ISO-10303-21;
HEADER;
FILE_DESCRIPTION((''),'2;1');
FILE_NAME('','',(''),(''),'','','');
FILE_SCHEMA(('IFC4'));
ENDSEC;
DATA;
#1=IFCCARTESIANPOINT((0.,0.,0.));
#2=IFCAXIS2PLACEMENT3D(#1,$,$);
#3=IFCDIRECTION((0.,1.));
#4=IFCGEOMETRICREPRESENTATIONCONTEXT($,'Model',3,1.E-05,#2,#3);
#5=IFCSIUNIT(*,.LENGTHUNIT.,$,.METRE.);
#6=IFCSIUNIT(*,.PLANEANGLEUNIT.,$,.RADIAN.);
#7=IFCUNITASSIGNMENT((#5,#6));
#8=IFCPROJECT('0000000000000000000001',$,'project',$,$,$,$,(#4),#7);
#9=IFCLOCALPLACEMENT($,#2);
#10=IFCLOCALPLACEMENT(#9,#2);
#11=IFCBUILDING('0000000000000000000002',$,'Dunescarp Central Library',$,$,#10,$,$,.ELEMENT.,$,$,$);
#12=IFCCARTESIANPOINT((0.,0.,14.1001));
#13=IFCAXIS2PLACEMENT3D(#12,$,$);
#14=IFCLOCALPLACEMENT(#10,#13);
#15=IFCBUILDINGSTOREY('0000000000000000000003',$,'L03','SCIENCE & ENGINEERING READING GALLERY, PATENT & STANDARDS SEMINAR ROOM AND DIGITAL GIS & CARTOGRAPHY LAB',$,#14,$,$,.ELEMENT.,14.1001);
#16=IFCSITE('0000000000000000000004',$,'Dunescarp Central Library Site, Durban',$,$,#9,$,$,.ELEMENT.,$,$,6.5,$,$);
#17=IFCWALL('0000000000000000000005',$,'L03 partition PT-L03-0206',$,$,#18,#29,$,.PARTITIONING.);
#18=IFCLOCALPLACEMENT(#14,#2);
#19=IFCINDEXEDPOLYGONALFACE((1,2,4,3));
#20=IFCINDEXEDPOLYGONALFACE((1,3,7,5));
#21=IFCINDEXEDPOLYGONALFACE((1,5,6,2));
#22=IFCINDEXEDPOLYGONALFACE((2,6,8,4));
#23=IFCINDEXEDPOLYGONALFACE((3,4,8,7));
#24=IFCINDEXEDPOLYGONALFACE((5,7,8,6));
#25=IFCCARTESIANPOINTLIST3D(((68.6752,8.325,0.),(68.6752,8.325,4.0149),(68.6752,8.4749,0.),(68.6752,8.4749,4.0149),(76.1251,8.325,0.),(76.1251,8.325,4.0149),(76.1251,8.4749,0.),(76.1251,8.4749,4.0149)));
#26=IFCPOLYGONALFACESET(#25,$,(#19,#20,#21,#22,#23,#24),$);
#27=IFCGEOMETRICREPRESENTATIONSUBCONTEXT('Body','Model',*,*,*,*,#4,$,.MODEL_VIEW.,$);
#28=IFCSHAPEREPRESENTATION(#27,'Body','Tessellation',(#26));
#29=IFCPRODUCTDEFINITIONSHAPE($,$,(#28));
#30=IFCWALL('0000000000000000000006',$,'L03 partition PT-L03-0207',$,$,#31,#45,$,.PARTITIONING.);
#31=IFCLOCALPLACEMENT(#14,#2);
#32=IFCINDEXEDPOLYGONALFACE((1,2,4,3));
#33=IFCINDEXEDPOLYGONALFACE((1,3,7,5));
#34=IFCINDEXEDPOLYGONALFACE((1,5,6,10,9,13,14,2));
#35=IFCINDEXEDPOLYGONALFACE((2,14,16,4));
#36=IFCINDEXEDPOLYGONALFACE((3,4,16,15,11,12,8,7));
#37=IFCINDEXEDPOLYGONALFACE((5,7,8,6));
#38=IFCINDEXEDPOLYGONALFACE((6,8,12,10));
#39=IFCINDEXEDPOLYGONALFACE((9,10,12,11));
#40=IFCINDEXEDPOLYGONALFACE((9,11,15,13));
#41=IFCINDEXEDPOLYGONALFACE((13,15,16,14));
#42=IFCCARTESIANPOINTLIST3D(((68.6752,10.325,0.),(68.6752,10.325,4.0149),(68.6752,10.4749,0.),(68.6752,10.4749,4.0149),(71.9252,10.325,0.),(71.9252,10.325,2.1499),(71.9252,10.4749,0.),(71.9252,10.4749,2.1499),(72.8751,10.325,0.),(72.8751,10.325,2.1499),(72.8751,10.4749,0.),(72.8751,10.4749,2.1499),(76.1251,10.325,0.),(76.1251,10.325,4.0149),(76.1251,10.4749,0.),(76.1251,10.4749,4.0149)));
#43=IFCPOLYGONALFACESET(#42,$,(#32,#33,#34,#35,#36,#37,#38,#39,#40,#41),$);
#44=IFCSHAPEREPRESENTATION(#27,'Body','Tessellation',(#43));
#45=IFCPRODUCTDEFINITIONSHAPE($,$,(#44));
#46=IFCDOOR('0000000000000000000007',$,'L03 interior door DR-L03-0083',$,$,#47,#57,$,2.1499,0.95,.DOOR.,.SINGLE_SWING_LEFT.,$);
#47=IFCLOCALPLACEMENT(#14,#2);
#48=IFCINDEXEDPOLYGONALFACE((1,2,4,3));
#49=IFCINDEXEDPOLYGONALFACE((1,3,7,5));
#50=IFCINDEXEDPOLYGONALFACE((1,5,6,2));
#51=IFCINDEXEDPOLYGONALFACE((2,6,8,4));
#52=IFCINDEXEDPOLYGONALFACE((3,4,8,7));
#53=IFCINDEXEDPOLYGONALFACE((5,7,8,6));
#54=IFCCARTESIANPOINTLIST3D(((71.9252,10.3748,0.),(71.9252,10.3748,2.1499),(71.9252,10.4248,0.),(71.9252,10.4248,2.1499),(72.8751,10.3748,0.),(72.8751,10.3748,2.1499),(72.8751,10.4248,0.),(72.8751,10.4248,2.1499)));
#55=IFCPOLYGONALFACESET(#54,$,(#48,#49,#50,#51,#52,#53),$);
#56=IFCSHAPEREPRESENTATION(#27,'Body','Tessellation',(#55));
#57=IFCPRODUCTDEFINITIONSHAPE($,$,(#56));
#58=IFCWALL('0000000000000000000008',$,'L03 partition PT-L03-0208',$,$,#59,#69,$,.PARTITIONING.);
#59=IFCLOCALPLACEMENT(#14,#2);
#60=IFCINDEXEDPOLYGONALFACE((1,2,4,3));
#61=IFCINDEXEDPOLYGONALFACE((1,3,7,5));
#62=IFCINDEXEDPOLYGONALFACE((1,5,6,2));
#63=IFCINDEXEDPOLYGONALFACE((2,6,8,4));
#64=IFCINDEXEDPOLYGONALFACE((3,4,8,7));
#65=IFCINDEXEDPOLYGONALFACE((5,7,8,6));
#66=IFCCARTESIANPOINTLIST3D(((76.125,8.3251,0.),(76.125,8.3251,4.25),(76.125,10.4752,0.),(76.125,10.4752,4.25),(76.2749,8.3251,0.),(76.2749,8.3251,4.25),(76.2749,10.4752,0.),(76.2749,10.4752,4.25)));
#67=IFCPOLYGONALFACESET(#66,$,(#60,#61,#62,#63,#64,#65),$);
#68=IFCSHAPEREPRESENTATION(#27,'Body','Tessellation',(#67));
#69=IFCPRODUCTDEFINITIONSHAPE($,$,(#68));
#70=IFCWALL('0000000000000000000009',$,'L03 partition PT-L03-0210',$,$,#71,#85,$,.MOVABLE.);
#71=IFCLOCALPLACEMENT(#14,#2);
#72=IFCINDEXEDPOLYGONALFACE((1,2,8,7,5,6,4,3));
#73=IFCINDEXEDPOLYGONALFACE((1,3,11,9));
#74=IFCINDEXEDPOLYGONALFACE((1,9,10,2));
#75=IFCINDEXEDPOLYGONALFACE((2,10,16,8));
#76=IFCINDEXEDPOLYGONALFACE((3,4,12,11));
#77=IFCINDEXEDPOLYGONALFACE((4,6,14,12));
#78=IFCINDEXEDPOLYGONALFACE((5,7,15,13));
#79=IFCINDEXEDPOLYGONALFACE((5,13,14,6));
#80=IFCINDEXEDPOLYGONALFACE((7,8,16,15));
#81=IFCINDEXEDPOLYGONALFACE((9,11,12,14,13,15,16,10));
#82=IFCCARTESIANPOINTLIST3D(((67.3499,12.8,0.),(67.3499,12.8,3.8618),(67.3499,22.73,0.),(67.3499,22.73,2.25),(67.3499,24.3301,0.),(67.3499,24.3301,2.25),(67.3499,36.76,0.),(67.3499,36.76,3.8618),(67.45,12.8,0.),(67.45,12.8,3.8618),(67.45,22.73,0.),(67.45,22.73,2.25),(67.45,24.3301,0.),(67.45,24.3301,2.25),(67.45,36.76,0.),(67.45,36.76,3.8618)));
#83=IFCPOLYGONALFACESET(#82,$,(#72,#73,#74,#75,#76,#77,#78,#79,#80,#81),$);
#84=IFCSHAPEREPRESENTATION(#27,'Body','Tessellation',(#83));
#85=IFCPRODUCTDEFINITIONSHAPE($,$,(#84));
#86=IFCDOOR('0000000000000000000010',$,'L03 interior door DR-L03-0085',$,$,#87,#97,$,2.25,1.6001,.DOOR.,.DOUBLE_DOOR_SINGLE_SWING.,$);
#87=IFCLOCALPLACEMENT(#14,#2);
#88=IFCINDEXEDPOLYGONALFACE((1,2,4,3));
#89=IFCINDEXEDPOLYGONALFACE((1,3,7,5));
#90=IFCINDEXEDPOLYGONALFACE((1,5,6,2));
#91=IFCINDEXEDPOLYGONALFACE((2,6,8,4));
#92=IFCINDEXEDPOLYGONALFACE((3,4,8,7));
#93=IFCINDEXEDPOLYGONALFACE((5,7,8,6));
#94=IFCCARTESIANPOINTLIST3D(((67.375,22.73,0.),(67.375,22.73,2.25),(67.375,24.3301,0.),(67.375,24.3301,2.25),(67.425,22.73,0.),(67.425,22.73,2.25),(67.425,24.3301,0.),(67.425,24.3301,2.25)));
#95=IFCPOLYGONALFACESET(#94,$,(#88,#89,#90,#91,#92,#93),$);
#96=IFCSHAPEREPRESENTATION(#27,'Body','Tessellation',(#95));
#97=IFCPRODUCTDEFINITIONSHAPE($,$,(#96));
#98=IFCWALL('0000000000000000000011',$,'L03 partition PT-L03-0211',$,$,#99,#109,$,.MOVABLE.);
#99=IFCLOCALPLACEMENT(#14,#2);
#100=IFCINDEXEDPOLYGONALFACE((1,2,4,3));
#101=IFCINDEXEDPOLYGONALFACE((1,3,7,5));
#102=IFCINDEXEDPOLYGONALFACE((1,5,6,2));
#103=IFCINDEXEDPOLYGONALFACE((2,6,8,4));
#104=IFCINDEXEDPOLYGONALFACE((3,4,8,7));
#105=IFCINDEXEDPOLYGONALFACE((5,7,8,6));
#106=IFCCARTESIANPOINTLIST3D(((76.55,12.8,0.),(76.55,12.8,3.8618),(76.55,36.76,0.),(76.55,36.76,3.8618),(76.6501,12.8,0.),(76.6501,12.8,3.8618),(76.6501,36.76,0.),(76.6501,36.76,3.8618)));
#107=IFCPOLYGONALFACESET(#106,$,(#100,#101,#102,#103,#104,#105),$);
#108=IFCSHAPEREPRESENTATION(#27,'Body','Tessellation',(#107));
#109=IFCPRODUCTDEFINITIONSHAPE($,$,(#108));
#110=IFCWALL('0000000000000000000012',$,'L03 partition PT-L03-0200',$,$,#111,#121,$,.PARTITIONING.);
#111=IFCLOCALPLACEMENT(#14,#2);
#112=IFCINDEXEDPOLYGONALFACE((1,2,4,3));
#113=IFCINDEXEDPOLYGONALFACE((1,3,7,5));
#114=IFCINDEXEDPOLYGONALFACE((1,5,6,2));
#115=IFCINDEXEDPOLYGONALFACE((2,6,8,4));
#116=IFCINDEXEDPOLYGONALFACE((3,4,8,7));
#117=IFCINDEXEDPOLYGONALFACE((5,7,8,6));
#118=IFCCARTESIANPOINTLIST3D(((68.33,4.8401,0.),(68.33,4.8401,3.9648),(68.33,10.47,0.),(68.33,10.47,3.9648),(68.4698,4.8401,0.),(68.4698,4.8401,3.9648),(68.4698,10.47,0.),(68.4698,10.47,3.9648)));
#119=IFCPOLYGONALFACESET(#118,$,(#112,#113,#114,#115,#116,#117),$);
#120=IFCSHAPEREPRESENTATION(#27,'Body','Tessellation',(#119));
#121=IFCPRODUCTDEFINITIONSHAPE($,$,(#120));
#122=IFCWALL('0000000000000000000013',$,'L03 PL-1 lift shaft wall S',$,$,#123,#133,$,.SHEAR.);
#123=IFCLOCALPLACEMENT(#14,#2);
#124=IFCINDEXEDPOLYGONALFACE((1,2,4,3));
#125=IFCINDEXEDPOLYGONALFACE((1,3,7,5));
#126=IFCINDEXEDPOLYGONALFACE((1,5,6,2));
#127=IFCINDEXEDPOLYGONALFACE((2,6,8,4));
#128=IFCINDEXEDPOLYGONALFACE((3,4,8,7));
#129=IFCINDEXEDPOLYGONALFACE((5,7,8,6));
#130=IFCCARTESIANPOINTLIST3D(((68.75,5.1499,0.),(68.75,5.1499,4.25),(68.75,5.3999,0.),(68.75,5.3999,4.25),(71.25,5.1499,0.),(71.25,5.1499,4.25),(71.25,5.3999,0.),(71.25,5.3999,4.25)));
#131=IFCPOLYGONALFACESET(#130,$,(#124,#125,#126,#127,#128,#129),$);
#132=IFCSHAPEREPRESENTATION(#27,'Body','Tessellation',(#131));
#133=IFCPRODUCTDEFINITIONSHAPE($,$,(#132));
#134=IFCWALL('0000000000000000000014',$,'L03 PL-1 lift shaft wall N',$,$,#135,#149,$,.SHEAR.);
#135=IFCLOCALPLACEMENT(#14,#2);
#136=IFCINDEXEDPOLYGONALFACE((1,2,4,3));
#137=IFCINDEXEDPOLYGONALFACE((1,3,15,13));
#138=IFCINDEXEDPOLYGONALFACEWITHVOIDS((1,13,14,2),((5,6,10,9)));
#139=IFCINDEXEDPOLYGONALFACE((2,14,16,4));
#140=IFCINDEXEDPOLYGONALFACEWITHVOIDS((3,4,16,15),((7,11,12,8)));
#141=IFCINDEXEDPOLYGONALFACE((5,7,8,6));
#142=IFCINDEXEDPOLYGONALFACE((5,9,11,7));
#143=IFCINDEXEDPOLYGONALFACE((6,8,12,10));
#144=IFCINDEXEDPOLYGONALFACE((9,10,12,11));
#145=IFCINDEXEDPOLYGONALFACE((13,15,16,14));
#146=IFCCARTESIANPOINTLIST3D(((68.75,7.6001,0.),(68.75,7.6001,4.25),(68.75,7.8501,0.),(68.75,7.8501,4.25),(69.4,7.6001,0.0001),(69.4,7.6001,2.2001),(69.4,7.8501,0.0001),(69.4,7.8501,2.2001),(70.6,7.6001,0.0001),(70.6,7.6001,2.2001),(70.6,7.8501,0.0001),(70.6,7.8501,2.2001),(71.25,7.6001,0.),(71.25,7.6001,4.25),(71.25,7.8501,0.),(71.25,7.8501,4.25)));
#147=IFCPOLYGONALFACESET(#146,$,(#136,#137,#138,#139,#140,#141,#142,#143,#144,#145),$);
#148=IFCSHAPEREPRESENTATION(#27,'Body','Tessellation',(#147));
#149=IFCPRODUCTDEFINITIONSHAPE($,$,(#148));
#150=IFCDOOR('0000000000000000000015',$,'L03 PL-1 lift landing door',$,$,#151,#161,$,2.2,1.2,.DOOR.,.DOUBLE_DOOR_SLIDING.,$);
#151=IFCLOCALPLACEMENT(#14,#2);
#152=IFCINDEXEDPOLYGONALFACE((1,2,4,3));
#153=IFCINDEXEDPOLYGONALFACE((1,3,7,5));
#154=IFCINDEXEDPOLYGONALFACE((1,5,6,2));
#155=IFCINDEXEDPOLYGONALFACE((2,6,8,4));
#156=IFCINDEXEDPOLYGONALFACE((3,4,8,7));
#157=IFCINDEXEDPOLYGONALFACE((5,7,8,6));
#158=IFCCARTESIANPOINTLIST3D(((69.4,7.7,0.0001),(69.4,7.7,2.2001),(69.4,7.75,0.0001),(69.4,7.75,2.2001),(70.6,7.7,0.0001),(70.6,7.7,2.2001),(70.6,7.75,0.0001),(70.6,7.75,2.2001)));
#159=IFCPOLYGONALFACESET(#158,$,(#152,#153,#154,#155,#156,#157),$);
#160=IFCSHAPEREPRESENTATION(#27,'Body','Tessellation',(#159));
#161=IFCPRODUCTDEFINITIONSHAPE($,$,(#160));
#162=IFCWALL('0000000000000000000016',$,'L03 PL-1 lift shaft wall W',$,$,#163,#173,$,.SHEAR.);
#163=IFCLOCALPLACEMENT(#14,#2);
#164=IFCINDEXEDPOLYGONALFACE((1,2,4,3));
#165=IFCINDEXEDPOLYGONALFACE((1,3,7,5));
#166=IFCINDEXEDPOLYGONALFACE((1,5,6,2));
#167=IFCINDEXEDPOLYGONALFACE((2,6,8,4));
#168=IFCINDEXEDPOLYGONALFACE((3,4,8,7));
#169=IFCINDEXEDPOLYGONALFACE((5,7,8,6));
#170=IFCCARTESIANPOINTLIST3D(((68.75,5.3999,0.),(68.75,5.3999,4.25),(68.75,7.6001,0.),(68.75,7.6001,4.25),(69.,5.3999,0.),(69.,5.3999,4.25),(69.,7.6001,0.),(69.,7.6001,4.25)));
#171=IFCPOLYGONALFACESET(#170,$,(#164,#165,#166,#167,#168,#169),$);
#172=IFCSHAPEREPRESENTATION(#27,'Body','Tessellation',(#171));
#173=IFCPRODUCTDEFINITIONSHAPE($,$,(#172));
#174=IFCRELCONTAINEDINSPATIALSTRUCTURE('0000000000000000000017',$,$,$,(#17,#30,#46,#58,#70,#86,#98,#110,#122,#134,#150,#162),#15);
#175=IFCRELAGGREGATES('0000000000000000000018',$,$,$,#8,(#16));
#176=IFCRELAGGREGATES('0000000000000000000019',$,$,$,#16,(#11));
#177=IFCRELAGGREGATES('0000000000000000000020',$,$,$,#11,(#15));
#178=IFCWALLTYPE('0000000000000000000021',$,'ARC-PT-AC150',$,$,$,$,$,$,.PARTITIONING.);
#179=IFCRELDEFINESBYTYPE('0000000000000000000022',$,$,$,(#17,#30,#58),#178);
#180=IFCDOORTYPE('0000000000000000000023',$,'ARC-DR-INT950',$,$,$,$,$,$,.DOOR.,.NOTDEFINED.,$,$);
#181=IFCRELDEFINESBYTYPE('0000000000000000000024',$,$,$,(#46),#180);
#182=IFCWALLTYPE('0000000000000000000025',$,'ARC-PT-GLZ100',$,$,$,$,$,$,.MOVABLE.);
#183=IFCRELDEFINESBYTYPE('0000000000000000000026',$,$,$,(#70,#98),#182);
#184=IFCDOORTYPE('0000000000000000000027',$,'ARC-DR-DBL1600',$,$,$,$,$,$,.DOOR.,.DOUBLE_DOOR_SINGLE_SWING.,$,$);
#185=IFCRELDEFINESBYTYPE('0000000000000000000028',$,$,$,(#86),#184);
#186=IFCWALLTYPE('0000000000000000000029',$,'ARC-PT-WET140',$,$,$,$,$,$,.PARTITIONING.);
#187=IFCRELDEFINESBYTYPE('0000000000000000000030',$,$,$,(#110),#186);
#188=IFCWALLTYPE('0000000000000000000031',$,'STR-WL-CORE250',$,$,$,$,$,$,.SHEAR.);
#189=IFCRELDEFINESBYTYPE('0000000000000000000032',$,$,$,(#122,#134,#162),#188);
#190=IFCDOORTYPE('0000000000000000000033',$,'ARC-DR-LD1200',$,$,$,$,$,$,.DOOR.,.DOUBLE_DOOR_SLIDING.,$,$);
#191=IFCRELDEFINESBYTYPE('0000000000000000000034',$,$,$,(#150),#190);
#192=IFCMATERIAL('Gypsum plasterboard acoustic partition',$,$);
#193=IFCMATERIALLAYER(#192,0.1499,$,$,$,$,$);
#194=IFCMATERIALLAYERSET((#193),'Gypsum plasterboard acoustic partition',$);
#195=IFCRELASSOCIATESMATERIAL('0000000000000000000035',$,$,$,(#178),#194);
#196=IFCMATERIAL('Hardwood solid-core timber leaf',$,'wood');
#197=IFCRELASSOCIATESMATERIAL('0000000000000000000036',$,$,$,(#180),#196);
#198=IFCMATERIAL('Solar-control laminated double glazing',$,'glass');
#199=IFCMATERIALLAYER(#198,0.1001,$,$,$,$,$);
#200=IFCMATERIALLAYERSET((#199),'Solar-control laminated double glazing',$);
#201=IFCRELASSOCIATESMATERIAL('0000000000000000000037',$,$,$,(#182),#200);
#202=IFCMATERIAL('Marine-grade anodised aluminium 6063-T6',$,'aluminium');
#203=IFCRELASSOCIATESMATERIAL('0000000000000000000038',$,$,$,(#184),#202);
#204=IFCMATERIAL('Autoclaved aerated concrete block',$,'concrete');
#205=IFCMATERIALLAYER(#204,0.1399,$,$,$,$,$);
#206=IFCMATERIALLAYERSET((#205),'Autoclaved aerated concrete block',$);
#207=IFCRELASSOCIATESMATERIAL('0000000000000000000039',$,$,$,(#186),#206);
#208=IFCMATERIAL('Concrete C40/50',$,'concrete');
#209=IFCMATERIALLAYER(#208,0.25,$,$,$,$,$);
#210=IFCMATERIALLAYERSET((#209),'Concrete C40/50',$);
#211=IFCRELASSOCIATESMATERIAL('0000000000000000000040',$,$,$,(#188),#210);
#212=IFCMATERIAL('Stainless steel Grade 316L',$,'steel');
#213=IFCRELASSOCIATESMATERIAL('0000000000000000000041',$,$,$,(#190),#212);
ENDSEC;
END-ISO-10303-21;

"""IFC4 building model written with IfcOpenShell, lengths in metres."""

from ifc_helpers import new_model, si_unit, direction, frame, frame_2d, origin, place, context, subcontext, project, spatial, rectangle, extrude, material, layer, layer_set, type_object, element, fill, save


model = new_model("IFC4")

# Units and contexts
model_context = context("Model", 3, precision=1e-05, world=origin(), true_north=direction((0.0, 1.0)))
body_context = subcontext(model_context, "Body", "Model", "MODEL_VIEW")
ifc_project = project(units=[si_unit("LENGTHUNIT", "METRE"), si_unit("PLANEANGLEUNIT", "RADIAN")], contexts=[model_context])

# Site, building, storey
site_placement = place(None, origin())
site = spatial("IfcSite", under=ifc_project, at=site_placement, Name="Dunescarp Central Library Site, Durban", CompositionType="ELEMENT", RefElevation=6.5)
building_placement = place(site_placement, origin())
building = spatial("IfcBuilding", under=site, at=building_placement, Name="Dunescarp Central Library", CompositionType="ELEMENT")
storey_placement = place(building_placement, frame((0.0, 0.0, 14.1001)))
storey = spatial("IfcBuildingStorey", under=building, at=storey_placement, Name="L03", Description="SCIENCE & ENGINEERING READING GALLERY, PATENT & STANDARDS SEMINAR ROOM AND DIGITAL GIS & CARTOGRAPHY LAB", CompositionType="ELEMENT", Elevation=14.1001)

# Wall
ifc_material_1 = material(Name="Gypsum plasterboard acoustic partition")
ifc_layer_1 = layer(ifc_material_1, 0.1499)
ifc_layer_set_1 = layer_set([ifc_layer_1], Name="Gypsum plasterboard acoustic partition")
wall_type_1 = type_object("IfcWallType", Name="ARC-PT-AC150", PredefinedType="PARTITIONING", material=ifc_layer_set_1)
wall_1_placement = place(storey_placement, frame((68.675, 8.3999, 0.0), z_axis=(0.0, 0.0, 1.0), x_axis=(1.0, 0.0, 0.0)))
element("IfcWall", 1, at=wall_1_placement, inside=storey, type_object=wall_type_1, Name="L03 partition PT-L03-0206", PredefinedType="PARTITIONING", context=body_context, shape_type="SweptSolid", body=[
    extrude(rectangle(XDim=7.45, YDim=0.1499, at=frame_2d((3.7251, 0.0))), origin(), (0.0, 0.0, 1.0), 4.0149),
])

# Wall, opening, door
wall_2_placement = place(storey_placement, frame((68.675, 10.3999, 0.0), z_axis=(0.0, 0.0, 1.0), x_axis=(1.0, 0.0, 0.0)))
wall_2 = element("IfcWall", 2, at=wall_2_placement, inside=storey, type_object=wall_type_1, Name="L03 partition PT-L03-0207", PredefinedType="PARTITIONING", context=body_context, shape_type="SweptSolid", body=[
    extrude(rectangle(XDim=7.45, YDim=0.1499, at=frame_2d((3.7251, 0.0))), origin(), (0.0, 0.0, 1.0), 4.0149),
])
opening_1_placement = place(wall_2_placement, frame((3.25, 0.0, 0.0)))
opening_1 = element("IfcOpeningElement", 3, at=opening_1_placement, cuts=wall_2, PredefinedType="OPENING", context=body_context, shape_type="SweptSolid", body=[
    extrude(rectangle(XDim=0.95, YDim=2.1499, at=frame_2d((0.4751, 1.075))), frame((0.0, 0.085, 0.0), z_axis=(0.0, -1.0, 0.0), x_axis=(1.0, 0.0, 0.0)), (0.0, 0.0, 1.0), 0.1699),
])
ifc_material_2 = material(Name="Hardwood solid-core timber leaf", Category="wood")
door_type_1 = type_object("IfcDoorType", Name="ARC-DR-INT950", OperationType="NOTDEFINED", PredefinedType="DOOR", material=ifc_material_2)
door_1_placement = place(opening_1_placement, origin())
door_1 = element("IfcDoor", 4, at=door_1_placement, inside=storey, type_object=door_type_1, Name="L03 interior door DR-L03-0083", OperationType="SINGLE_SWING_LEFT", OverallHeight=2.1499, OverallWidth=0.95, PredefinedType="DOOR", context=body_context, shape_type="SweptSolid", body=[
    extrude(rectangle(XDim=0.95, YDim=2.1499, at=frame_2d((0.4751, 1.075))), frame((0.0, 0.0249, 0.0), z_axis=(0.0, -1.0, 0.0), x_axis=(1.0, 0.0, 0.0)), (0.0, 0.0, 1.0), 0.05),
])
fill(opening_1, door_1)

# Wall
wall_3_placement = place(storey_placement, frame((76.2, 8.325, 0.0), z_axis=(0.0, 0.0, 1.0), x_axis=(0.0, 1.0, 0.0)))
element("IfcWall", 5, at=wall_3_placement, inside=storey, type_object=wall_type_1, Name="L03 partition PT-L03-0208", PredefinedType="PARTITIONING", context=body_context, shape_type="SweptSolid", body=[
    extrude(rectangle(XDim=2.1501, YDim=0.1499, at=frame_2d((1.0752, 0.0))), origin(), (0.0, 0.0, 1.0), 4.25),
])

# Wall, opening, door
ifc_material_3 = material(Name="Solar-control laminated double glazing", Category="glass")
ifc_layer_2 = layer(ifc_material_3, 0.1001)
ifc_layer_set_2 = layer_set([ifc_layer_2], Name="Solar-control laminated double glazing")
wall_type_2 = type_object("IfcWallType", Name="ARC-PT-GLZ100", PredefinedType="MOVABLE", material=ifc_layer_set_2)
wall_4_placement = place(storey_placement, frame((67.3999, 12.8, 0.0), z_axis=(0.0, 0.0, 1.0), x_axis=(0.0, 1.0, 0.0)))
wall_4 = element("IfcWall", 6, at=wall_4_placement, inside=storey, type_object=wall_type_2, Name="L03 partition PT-L03-0210", PredefinedType="MOVABLE", context=body_context, shape_type="SweptSolid", body=[
    extrude(rectangle(XDim=23.96, YDim=0.1001, at=frame_2d((11.98, 0.0))), origin(), (0.0, 0.0, 1.0), 3.8618),
])
opening_2_placement = place(wall_4_placement, frame((9.9299, 0.0, 0.0)))
opening_2 = element("IfcOpeningElement", 7, at=opening_2_placement, cuts=wall_4, PredefinedType="OPENING", context=body_context, shape_type="SweptSolid", body=[
    extrude(rectangle(XDim=1.6001, YDim=2.25, at=frame_2d((0.8, 1.125))), frame((0.0, 0.0601, 0.0), z_axis=(0.0, -1.0, 0.0), x_axis=(1.0, 0.0, 0.0)), (0.0, 0.0, 1.0), 0.1201),
])
ifc_material_4 = material(Name="Marine-grade anodised aluminium 6063-T6", Category="aluminium")
door_type_2 = type_object("IfcDoorType", Name="ARC-DR-DBL1600", OperationType="DOUBLE_DOOR_SINGLE_SWING", PredefinedType="DOOR", material=ifc_material_4)
door_2_placement = place(opening_2_placement, origin())
door_2 = element("IfcDoor", 8, at=door_2_placement, inside=storey, type_object=door_type_2, Name="L03 interior door DR-L03-0085", OperationType="DOUBLE_DOOR_SINGLE_SWING", OverallHeight=2.25, OverallWidth=1.6001, PredefinedType="DOOR", context=body_context, shape_type="SweptSolid", body=[
    extrude(rectangle(XDim=1.6001, YDim=2.25, at=frame_2d((0.8, 1.125))), frame((0.0, 0.0249, 0.0), z_axis=(0.0, -1.0, 0.0), x_axis=(1.0, 0.0, 0.0)), (0.0, 0.0, 1.0), 0.05),
])
fill(opening_2, door_2)

# Walls
wall_5_placement = place(storey_placement, frame((76.6001, 12.8, 0.0), z_axis=(0.0, 0.0, 1.0), x_axis=(0.0, 1.0, 0.0)))
element("IfcWall", 9, at=wall_5_placement, inside=storey, type_object=wall_type_2, Name="L03 partition PT-L03-0211", PredefinedType="MOVABLE", context=body_context, shape_type="SweptSolid", body=[
    extrude(rectangle(XDim=23.96, YDim=0.1001, at=frame_2d((11.98, 0.0))), origin(), (0.0, 0.0, 1.0), 3.8618),
])
ifc_material_5 = material(Name="Autoclaved aerated concrete block", Category="concrete")
ifc_layer_3 = layer(ifc_material_5, 0.1399)
ifc_layer_set_3 = layer_set([ifc_layer_3], Name="Autoclaved aerated concrete block")
wall_type_3 = type_object("IfcWallType", Name="ARC-PT-WET140", PredefinedType="PARTITIONING", material=ifc_layer_set_3)
wall_6_placement = place(storey_placement, frame((68.3999, 4.8401, 0.0), z_axis=(0.0, 0.0, 1.0), x_axis=(0.0, 1.0, 0.0)))
element("IfcWall", 10, at=wall_6_placement, inside=storey, type_object=wall_type_3, Name="L03 partition PT-L03-0200", PredefinedType="PARTITIONING", context=body_context, shape_type="SweptSolid", body=[
    extrude(rectangle(XDim=5.6299, YDim=0.1399, at=frame_2d((2.8149, 0.0))), origin(), (0.0, 0.0, 1.0), 3.9648),
])
ifc_material_6 = material(Name="Concrete C40/50", Category="concrete")
ifc_layer_4 = layer(ifc_material_6, 0.25)
ifc_layer_set_4 = layer_set([ifc_layer_4], Name="Concrete C40/50")
wall_type_4 = type_object("IfcWallType", Name="STR-WL-CORE250", PredefinedType="SHEAR", material=ifc_layer_set_4)
wall_7_placement = place(storey_placement, frame((71.25, 5.2749, 0.0), z_axis=(0.0, 0.0, 1.0), x_axis=(-1.0, 0.0, 0.0)))
element("IfcWall", 11, at=wall_7_placement, inside=storey, type_object=wall_type_4, Name="L03 PL-1 lift shaft wall S", PredefinedType="SHEAR", context=body_context, shape_type="SweptSolid", body=[
    extrude(rectangle(XDim=2.5, YDim=0.25, at=frame_2d((1.25, 0.0))), origin(), (0.0, 0.0, 1.0), 4.25),
])

# Wall, opening, door
wall_8_placement = place(storey_placement, frame((68.75, 7.7251, 0.0), z_axis=(0.0, 0.0, 1.0), x_axis=(1.0, 0.0, 0.0)))
wall_8 = element("IfcWall", 12, at=wall_8_placement, inside=storey, type_object=wall_type_4, Name="L03 PL-1 lift shaft wall N", PredefinedType="SHEAR", context=body_context, shape_type="SweptSolid", body=[
    extrude(rectangle(XDim=2.5, YDim=0.25, at=frame_2d((1.25, 0.0))), origin(), (0.0, 0.0, 1.0), 4.25),
])
opening_3_placement = place(wall_8_placement, frame((0.6499, 0.0, 0.0)))
opening_3 = element("IfcOpeningElement", 13, at=opening_3_placement, cuts=wall_8, PredefinedType="OPENING", context=body_context, shape_type="SweptSolid", body=[
    extrude(rectangle(XDim=1.2, YDim=2.2, at=frame_2d((0.6001, 1.1001))), frame((0.0, 0.135, 0.0), z_axis=(0.0, -1.0, 0.0), x_axis=(1.0, 0.0, 0.0)), (0.0, 0.0, 1.0), 0.27),
])
ifc_material_7 = material(Name="Stainless steel Grade 316L", Category="steel")
door_type_3 = type_object("IfcDoorType", Name="ARC-DR-LD1200", OperationType="DOUBLE_DOOR_SLIDING", PredefinedType="DOOR", material=ifc_material_7)
door_3_placement = place(opening_3_placement, origin())
door_3 = element("IfcDoor", 14, at=door_3_placement, inside=storey, type_object=door_type_3, Name="L03 PL-1 lift landing door", OperationType="DOUBLE_DOOR_SLIDING", OverallHeight=2.2, OverallWidth=1.2, PredefinedType="DOOR", context=body_context, shape_type="SweptSolid", body=[
    extrude(rectangle(XDim=1.2, YDim=2.2, at=frame_2d((0.6001, 1.1001))), frame((0.0, 0.0249, 0.0), z_axis=(0.0, -1.0, 0.0), x_axis=(1.0, 0.0, 0.0)), (0.0, 0.0, 1.0), 0.05),
])
fill(opening_3, door_3)

# Wall
for number, where, z_axis, x_axis, name in (
    (15, (68.875, 5.3999, 0.0), (0.0, 0.0, 1.0), (0.0, 1.0, 0.0), "L03 PL-1 lift shaft wall W"),
):
    element("IfcWall", number, at=place(storey_placement, frame(where, z_axis=z_axis, x_axis=x_axis)), inside=storey, type_object=wall_type_4, Name=name, PredefinedType="SHEAR", context=body_context, shape_type="SweptSolid", body=[
        extrude(rectangle(XDim=2.2002, YDim=0.25, at=frame_2d((1.1001, 0.0))), origin(), (0.0, 0.0, 1.0), 4.25),
    ])

save(model, "model.ifc")
